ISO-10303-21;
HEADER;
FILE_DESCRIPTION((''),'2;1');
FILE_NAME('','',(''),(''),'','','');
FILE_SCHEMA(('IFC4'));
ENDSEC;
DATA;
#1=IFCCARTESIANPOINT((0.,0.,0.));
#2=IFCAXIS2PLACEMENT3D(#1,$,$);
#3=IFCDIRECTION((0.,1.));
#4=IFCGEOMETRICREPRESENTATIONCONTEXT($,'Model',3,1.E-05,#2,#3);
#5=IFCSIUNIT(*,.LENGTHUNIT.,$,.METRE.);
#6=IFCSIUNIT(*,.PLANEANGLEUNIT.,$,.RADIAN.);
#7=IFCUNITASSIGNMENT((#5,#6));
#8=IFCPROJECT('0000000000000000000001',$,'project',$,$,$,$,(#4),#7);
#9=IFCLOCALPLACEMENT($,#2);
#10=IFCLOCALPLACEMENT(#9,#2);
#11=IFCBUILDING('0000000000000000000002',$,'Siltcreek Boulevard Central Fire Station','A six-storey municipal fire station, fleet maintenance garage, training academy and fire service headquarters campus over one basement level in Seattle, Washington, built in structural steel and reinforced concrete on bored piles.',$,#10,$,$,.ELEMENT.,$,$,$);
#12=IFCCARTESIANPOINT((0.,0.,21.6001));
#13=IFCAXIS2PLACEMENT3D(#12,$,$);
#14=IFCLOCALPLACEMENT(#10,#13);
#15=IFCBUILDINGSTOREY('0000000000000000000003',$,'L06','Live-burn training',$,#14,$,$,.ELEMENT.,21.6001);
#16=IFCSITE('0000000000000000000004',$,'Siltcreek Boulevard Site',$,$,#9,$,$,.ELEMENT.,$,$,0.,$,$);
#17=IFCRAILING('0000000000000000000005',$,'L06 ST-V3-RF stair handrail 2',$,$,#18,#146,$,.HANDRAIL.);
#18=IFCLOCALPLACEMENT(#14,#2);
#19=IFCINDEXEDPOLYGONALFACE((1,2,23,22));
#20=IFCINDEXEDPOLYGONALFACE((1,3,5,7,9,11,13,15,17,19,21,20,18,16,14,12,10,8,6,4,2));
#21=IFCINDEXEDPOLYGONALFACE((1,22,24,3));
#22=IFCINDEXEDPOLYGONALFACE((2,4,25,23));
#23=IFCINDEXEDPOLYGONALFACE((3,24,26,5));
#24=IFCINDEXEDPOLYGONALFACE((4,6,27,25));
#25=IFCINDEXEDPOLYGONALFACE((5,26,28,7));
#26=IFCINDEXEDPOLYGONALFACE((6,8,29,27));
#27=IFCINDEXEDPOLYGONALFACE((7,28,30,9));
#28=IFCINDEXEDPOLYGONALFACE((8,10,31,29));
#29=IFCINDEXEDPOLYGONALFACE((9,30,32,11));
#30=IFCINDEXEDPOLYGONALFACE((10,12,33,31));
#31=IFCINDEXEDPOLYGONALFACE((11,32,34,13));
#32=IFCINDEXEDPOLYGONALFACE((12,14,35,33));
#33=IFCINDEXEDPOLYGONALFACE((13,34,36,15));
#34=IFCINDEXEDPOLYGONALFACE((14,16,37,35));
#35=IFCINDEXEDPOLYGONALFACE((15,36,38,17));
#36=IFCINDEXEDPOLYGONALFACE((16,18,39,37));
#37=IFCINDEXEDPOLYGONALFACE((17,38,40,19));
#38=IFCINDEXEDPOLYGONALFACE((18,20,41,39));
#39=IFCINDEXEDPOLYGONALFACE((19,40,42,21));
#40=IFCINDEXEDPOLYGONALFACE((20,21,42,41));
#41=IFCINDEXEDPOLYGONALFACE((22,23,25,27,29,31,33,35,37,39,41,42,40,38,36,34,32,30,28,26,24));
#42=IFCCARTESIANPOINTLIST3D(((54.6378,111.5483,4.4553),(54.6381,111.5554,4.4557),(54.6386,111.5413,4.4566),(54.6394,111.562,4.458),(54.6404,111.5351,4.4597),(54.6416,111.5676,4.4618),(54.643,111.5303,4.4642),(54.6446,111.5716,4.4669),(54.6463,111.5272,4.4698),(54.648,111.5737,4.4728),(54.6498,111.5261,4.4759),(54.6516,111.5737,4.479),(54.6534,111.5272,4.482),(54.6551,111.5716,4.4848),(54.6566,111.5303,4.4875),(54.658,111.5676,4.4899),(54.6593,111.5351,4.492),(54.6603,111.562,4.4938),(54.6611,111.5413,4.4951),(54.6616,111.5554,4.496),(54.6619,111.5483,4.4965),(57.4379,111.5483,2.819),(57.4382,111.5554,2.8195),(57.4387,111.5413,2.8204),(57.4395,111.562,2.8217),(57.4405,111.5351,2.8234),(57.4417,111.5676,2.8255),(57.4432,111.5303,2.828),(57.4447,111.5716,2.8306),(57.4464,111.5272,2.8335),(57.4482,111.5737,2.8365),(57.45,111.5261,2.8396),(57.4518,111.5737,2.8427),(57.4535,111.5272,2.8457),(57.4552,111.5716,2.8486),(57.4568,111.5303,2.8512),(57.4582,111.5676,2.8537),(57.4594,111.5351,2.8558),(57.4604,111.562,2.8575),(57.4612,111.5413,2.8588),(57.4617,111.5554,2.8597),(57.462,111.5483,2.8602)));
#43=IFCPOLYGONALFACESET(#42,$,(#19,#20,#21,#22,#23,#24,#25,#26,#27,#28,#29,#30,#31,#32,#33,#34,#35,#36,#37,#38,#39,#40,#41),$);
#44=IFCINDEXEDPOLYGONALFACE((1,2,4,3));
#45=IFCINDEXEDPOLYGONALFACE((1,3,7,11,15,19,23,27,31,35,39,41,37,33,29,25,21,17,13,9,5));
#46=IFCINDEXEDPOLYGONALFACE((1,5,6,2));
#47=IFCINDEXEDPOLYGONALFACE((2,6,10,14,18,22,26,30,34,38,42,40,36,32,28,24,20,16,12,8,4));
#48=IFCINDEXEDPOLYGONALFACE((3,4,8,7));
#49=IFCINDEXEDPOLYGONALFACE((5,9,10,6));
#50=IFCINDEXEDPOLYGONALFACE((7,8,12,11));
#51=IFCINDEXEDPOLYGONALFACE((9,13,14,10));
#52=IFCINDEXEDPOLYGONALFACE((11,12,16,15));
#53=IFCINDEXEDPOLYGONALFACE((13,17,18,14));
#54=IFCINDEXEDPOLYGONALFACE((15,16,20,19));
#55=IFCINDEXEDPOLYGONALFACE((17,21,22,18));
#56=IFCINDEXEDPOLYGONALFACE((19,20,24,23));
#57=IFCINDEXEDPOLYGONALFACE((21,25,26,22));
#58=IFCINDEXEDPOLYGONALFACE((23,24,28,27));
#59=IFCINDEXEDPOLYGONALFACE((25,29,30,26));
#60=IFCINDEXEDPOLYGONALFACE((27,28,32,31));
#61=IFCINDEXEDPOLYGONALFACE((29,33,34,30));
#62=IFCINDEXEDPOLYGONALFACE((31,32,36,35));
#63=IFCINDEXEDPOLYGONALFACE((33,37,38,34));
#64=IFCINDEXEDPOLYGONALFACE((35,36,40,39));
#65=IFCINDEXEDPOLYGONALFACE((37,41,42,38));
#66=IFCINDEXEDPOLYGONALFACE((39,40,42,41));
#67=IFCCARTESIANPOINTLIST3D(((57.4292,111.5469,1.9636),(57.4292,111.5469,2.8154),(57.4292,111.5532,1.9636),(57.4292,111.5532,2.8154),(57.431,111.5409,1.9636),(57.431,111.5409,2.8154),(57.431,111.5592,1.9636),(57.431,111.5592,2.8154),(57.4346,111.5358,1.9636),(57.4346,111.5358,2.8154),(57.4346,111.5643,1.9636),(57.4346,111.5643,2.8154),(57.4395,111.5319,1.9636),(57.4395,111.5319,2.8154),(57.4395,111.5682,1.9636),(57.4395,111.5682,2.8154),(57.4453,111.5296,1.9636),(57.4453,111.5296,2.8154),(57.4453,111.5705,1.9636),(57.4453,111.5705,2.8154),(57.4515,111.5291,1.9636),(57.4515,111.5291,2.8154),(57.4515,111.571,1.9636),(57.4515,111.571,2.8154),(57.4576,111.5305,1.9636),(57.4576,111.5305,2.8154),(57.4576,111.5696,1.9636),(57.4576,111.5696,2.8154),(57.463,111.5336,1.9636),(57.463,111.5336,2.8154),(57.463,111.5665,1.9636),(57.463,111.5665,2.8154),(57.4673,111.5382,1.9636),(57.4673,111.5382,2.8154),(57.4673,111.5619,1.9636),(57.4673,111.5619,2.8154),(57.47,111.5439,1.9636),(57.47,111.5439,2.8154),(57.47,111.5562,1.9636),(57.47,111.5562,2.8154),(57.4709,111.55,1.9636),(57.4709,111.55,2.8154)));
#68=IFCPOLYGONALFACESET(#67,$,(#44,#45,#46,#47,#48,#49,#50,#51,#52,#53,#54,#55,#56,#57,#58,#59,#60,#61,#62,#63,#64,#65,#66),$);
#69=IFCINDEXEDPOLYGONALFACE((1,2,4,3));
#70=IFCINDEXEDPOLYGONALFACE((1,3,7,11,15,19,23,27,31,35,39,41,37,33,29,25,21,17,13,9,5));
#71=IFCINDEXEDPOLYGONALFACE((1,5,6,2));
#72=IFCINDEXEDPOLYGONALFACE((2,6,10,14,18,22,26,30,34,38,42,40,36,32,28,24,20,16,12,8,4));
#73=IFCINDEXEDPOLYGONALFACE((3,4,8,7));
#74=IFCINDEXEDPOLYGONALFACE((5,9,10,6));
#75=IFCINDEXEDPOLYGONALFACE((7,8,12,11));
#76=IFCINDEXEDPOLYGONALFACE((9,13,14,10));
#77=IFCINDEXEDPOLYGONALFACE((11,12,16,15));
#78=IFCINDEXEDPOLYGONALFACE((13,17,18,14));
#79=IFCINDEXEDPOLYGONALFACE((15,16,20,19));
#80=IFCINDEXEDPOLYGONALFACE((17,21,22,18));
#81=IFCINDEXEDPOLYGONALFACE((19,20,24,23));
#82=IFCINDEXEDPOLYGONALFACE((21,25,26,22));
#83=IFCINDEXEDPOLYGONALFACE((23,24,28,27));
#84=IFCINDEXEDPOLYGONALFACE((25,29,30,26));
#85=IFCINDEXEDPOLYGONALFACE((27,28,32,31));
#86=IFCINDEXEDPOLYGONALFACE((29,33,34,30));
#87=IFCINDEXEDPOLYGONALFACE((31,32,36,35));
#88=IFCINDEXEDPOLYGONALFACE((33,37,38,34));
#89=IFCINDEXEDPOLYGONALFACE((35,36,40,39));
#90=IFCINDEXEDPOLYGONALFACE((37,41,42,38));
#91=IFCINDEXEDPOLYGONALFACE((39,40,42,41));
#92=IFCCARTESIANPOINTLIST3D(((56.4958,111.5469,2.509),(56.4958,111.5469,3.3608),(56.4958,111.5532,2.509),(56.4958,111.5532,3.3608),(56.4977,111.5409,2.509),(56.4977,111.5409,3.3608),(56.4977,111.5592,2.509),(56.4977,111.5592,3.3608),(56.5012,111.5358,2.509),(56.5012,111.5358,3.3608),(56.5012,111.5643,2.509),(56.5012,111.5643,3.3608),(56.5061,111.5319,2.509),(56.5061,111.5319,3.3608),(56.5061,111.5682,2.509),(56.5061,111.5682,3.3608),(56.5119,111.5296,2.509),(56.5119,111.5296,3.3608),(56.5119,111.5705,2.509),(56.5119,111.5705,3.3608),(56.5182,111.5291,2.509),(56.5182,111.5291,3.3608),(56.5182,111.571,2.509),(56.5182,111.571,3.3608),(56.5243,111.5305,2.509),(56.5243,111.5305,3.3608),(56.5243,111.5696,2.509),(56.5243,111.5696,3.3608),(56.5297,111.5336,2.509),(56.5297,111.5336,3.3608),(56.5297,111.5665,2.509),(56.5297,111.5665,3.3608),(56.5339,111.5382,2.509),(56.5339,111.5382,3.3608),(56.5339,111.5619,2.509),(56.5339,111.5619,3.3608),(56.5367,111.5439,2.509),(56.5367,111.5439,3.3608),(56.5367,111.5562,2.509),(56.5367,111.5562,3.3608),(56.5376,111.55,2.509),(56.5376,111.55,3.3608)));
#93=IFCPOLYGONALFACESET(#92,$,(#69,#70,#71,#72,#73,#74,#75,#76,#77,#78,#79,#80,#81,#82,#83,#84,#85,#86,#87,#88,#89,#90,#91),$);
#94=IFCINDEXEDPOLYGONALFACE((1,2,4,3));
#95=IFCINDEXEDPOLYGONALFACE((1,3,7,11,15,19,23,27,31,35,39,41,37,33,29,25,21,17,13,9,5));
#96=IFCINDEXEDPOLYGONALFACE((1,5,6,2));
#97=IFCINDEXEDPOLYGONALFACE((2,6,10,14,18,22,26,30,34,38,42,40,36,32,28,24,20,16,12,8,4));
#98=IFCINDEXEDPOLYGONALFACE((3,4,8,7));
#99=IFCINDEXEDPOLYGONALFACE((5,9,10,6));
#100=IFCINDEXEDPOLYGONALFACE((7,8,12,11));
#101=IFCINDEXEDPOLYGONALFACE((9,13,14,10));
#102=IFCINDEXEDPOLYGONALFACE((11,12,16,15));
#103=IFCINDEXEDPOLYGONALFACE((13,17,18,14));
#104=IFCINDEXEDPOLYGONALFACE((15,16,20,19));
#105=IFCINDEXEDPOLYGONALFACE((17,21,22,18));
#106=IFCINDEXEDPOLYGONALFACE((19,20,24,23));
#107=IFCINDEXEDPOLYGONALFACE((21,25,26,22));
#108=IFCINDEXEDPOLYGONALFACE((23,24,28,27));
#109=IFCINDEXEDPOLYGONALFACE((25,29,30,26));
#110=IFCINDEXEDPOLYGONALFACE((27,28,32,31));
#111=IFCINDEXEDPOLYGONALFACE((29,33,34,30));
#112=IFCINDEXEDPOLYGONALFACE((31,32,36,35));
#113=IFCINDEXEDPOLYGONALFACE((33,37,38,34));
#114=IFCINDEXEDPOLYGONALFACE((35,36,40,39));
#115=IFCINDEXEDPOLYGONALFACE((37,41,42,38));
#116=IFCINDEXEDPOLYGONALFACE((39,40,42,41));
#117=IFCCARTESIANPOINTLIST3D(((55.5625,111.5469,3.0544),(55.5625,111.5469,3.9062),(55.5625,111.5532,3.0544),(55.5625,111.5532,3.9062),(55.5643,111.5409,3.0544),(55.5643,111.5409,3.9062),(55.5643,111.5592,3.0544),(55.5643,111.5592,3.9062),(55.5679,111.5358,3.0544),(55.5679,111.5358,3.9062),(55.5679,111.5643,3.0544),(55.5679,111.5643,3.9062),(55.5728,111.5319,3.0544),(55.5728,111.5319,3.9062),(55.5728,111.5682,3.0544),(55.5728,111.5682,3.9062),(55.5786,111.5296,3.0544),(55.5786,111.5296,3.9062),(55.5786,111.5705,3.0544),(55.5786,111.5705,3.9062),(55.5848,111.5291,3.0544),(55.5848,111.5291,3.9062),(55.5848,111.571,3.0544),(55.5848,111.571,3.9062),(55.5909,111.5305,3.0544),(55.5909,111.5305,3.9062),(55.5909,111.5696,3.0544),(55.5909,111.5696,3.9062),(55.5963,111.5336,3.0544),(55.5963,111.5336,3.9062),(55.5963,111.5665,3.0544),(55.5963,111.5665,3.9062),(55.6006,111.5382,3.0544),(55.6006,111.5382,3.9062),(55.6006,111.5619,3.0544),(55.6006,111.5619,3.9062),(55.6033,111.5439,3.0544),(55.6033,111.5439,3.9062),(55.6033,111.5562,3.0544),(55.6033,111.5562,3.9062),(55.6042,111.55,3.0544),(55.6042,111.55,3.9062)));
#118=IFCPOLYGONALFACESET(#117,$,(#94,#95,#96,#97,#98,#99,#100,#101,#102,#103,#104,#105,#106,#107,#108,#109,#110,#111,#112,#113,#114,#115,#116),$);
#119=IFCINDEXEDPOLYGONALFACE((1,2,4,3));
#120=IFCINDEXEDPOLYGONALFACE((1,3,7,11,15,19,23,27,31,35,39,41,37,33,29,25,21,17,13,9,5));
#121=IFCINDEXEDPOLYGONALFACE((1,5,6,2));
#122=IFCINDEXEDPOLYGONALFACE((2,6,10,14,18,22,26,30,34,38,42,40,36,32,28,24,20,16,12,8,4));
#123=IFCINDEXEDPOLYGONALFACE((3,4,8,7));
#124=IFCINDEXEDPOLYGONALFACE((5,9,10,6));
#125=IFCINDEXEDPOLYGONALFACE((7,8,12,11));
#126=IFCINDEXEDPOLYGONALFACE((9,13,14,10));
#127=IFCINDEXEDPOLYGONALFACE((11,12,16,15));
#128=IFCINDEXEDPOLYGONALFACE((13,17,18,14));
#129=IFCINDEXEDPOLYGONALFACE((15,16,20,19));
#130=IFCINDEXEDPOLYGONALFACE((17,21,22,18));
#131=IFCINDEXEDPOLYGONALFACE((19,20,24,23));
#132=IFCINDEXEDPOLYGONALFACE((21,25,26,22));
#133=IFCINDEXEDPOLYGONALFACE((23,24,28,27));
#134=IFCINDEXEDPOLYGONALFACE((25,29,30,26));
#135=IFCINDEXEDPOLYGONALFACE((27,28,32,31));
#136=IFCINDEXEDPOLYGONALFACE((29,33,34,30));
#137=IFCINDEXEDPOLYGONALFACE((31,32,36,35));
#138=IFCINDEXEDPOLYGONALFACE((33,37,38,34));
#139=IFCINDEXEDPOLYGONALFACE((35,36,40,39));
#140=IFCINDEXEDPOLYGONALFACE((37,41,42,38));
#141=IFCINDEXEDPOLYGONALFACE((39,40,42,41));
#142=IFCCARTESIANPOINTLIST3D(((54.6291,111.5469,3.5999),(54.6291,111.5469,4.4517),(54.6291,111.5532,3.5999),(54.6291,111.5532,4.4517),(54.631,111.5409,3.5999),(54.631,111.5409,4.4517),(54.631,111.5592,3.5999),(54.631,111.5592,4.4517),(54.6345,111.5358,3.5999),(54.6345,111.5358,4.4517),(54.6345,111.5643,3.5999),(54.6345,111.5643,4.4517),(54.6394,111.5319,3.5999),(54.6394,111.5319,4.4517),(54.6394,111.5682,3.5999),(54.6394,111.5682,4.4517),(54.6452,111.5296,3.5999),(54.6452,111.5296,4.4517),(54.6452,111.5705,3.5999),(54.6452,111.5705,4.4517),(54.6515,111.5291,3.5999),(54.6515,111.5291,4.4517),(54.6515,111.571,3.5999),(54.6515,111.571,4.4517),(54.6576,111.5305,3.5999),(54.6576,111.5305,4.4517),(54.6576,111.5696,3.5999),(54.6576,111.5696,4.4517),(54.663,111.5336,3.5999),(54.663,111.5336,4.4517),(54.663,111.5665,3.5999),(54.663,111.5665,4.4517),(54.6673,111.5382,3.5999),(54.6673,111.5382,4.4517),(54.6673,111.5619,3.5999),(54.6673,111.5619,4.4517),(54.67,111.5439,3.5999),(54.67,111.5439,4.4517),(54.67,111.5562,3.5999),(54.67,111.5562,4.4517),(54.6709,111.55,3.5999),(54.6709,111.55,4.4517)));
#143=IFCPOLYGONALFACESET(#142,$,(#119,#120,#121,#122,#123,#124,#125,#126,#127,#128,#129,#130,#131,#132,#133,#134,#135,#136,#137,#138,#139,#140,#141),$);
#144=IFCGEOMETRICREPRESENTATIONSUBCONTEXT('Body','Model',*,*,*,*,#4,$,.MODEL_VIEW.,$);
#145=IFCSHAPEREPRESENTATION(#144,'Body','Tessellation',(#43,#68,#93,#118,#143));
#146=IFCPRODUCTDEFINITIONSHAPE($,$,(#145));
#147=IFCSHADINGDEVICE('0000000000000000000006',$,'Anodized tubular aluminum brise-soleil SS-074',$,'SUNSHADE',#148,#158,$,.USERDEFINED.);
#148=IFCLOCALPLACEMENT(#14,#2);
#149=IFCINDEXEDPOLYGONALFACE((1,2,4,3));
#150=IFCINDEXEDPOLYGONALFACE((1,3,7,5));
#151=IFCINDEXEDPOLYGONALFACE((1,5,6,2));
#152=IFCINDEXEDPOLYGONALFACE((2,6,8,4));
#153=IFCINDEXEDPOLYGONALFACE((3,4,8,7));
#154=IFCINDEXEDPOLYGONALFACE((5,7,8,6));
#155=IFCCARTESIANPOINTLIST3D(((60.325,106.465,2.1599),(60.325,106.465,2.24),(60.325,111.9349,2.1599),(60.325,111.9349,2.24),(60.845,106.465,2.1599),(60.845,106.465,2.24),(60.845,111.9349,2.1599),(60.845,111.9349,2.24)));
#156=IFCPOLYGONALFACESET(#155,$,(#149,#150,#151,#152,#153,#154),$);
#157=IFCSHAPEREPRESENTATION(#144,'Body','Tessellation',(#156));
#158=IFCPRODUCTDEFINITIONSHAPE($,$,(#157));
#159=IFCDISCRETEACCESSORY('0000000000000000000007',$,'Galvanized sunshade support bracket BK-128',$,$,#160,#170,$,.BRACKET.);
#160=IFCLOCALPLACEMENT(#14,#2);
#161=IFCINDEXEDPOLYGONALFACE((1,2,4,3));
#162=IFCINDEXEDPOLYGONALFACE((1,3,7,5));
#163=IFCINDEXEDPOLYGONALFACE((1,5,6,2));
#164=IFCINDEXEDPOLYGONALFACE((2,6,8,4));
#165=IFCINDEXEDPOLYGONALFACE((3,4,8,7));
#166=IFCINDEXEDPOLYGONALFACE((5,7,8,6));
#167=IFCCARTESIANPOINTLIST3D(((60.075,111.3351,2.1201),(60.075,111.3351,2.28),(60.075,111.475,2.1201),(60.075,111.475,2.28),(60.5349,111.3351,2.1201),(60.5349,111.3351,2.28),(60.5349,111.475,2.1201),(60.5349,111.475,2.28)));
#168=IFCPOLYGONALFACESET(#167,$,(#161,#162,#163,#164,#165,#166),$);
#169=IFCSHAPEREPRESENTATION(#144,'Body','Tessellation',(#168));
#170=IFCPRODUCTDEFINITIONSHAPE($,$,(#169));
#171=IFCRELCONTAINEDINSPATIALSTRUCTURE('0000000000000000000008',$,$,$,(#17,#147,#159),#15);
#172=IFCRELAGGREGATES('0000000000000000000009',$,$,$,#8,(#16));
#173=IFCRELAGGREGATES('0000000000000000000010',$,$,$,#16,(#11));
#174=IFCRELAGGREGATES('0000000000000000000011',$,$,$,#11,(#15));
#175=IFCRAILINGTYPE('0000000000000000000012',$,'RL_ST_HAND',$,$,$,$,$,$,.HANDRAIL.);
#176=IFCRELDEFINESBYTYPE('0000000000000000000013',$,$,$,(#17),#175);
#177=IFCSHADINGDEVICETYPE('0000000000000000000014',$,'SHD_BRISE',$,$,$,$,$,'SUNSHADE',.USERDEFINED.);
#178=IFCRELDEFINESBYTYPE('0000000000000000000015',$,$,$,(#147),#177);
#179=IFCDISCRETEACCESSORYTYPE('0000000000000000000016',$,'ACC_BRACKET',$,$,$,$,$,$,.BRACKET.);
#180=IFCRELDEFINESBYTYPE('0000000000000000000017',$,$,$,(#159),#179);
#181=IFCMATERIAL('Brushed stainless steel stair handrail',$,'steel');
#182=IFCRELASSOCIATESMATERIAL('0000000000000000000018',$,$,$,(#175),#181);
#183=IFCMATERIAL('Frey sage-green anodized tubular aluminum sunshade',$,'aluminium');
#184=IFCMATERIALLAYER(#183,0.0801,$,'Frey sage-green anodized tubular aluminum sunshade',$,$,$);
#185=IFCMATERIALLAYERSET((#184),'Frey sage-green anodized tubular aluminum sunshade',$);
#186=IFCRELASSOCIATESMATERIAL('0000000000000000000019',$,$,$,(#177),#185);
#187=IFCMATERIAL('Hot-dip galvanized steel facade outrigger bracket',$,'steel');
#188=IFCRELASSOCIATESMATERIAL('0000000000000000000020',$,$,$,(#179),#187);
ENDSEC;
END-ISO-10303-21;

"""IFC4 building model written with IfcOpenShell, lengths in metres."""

from ifc_helpers import new_model, si_unit, direction, frame, origin, origin_2d, place, context, subcontext, project, spatial, rectangle, circle, extrude, material, layer, layer_set, type_object, element, save


model = new_model("IFC4")

# Units and contexts
model_context = context("Model", 3, precision=1e-05, world=origin(), true_north=direction((0.0, 1.0)))
body_context = subcontext(model_context, "Body", "Model", "MODEL_VIEW")
ifc_project = project(units=[si_unit("LENGTHUNIT", "METRE"), si_unit("PLANEANGLEUNIT", "RADIAN")], contexts=[model_context])

# Site, building, storey
site_placement = place(None, origin())
site = spatial("IfcSite", under=ifc_project, at=site_placement, Name="Siltcreek Boulevard Site", CompositionType="ELEMENT", RefElevation=0.0)
building_placement = place(site_placement, origin())
building = spatial("IfcBuilding", under=site, at=building_placement, Name="Siltcreek Boulevard Central Fire Station", Description="A six-storey municipal fire station, fleet maintenance garage, training academy and fire service headquarters campus over one basement level in Seattle, Washington, built in structural steel and reinforced concrete on bored piles.", CompositionType="ELEMENT")
storey_placement = place(building_placement, frame((0.0, 0.0, 21.6001)))
storey = spatial("IfcBuildingStorey", under=building, at=storey_placement, Name="L06", Description="Live-burn training", CompositionType="ELEMENT", Elevation=21.6001)

# Railing
ifc_material_1 = material(Name="Brushed stainless steel stair handrail", Category="steel")
railing_type_1 = type_object("IfcRailingType", Name="RL_ST_HAND", PredefinedType="HANDRAIL", material=ifc_material_1)
railing_1_placement = place(storey_placement, frame((57.45, 111.55, 1.9636)))
element("IfcRailing", 1, at=railing_1_placement, inside=storey, type_object=railing_type_1, Name="L06 ST-V3-RF stair handrail 2", PredefinedType="HANDRAIL", context=body_context, shape_type="SweptSolid", body=[
    extrude(circle(Radius=0.0239, at=origin_2d()), frame((0.0, 0.0, 0.876), z_axis=(-0.863394, 0.0, 0.504531), x_axis=(0.0, -1.0, 0.0)), (0.0, 0.0, 1.0), 3.2432),
    extrude(circle(Radius=0.021, at=origin_2d()), origin(), (0.0, 0.0, 1.0), 0.8518),
    extrude(circle(Radius=0.021, at=origin_2d()), frame((-0.9333, 0.0, 0.5454)), (0.0, 0.0, 1.0), 0.8518),
    extrude(circle(Radius=0.021, at=origin_2d()), frame((-1.8667, 0.0, 1.0908)), (0.0, 0.0, 1.0), 0.8518),
    extrude(circle(Radius=0.021, at=origin_2d()), frame((-2.8, 0.0, 1.6362)), (0.0, 0.0, 1.0), 0.8518),
])

# Shading device
ifc_material_2 = material(Name="Frey sage-green anodized tubular aluminum sunshade", Category="aluminium")
ifc_layer_1 = layer(ifc_material_2, 0.0801, Name="Frey sage-green anodized tubular aluminum sunshade")
ifc_layer_set_1 = layer_set([ifc_layer_1], Name="Frey sage-green anodized tubular aluminum sunshade")
shading_device_type = type_object("IfcShadingDeviceType", Name="SHD_BRISE", ElementType="SUNSHADE", PredefinedType="USERDEFINED", material=ifc_layer_set_1)
shading_device_placement = place(storey_placement, frame((60.585, 109.2, 2.1599), z_axis=(0.0, 0.0, 1.0), x_axis=(0.0, 1.0, 0.0)))
element("IfcShadingDevice", 2, at=shading_device_placement, inside=storey, type_object=shading_device_type, Name="Anodized tubular aluminum brise-soleil SS-074", ObjectType="SUNSHADE", PredefinedType="USERDEFINED", context=body_context, shape_type="SweptSolid", body=[
    extrude(rectangle(XDim=5.47, YDim=0.52, at=origin_2d()), origin(), (0.0, 0.0, 1.0), 0.0801),
])

# Discrete accessory
ifc_material_3 = material(Name="Hot-dip galvanized steel facade outrigger bracket", Category="steel")
discrete_accessory_type = type_object("IfcDiscreteAccessoryType", Name="ACC_BRACKET", PredefinedType="BRACKET", material=ifc_material_3)
discrete_accessory_placement = place(storey_placement, frame((60.3049, 111.405, 2.1201), z_axis=(0.0, 0.0, 1.0), x_axis=(0.0, 1.0, 0.0)))
element("IfcDiscreteAccessory", 3, at=discrete_accessory_placement, inside=storey, type_object=discrete_accessory_type, Name="Galvanized sunshade support bracket BK-128", PredefinedType="BRACKET", context=body_context, shape_type="SweptSolid", body=[
    extrude(rectangle(XDim=0.1399, YDim=0.46, at=origin_2d()), origin(), (0.0, 0.0, 1.0), 0.1599),
])

save(model, "model.ifc")
